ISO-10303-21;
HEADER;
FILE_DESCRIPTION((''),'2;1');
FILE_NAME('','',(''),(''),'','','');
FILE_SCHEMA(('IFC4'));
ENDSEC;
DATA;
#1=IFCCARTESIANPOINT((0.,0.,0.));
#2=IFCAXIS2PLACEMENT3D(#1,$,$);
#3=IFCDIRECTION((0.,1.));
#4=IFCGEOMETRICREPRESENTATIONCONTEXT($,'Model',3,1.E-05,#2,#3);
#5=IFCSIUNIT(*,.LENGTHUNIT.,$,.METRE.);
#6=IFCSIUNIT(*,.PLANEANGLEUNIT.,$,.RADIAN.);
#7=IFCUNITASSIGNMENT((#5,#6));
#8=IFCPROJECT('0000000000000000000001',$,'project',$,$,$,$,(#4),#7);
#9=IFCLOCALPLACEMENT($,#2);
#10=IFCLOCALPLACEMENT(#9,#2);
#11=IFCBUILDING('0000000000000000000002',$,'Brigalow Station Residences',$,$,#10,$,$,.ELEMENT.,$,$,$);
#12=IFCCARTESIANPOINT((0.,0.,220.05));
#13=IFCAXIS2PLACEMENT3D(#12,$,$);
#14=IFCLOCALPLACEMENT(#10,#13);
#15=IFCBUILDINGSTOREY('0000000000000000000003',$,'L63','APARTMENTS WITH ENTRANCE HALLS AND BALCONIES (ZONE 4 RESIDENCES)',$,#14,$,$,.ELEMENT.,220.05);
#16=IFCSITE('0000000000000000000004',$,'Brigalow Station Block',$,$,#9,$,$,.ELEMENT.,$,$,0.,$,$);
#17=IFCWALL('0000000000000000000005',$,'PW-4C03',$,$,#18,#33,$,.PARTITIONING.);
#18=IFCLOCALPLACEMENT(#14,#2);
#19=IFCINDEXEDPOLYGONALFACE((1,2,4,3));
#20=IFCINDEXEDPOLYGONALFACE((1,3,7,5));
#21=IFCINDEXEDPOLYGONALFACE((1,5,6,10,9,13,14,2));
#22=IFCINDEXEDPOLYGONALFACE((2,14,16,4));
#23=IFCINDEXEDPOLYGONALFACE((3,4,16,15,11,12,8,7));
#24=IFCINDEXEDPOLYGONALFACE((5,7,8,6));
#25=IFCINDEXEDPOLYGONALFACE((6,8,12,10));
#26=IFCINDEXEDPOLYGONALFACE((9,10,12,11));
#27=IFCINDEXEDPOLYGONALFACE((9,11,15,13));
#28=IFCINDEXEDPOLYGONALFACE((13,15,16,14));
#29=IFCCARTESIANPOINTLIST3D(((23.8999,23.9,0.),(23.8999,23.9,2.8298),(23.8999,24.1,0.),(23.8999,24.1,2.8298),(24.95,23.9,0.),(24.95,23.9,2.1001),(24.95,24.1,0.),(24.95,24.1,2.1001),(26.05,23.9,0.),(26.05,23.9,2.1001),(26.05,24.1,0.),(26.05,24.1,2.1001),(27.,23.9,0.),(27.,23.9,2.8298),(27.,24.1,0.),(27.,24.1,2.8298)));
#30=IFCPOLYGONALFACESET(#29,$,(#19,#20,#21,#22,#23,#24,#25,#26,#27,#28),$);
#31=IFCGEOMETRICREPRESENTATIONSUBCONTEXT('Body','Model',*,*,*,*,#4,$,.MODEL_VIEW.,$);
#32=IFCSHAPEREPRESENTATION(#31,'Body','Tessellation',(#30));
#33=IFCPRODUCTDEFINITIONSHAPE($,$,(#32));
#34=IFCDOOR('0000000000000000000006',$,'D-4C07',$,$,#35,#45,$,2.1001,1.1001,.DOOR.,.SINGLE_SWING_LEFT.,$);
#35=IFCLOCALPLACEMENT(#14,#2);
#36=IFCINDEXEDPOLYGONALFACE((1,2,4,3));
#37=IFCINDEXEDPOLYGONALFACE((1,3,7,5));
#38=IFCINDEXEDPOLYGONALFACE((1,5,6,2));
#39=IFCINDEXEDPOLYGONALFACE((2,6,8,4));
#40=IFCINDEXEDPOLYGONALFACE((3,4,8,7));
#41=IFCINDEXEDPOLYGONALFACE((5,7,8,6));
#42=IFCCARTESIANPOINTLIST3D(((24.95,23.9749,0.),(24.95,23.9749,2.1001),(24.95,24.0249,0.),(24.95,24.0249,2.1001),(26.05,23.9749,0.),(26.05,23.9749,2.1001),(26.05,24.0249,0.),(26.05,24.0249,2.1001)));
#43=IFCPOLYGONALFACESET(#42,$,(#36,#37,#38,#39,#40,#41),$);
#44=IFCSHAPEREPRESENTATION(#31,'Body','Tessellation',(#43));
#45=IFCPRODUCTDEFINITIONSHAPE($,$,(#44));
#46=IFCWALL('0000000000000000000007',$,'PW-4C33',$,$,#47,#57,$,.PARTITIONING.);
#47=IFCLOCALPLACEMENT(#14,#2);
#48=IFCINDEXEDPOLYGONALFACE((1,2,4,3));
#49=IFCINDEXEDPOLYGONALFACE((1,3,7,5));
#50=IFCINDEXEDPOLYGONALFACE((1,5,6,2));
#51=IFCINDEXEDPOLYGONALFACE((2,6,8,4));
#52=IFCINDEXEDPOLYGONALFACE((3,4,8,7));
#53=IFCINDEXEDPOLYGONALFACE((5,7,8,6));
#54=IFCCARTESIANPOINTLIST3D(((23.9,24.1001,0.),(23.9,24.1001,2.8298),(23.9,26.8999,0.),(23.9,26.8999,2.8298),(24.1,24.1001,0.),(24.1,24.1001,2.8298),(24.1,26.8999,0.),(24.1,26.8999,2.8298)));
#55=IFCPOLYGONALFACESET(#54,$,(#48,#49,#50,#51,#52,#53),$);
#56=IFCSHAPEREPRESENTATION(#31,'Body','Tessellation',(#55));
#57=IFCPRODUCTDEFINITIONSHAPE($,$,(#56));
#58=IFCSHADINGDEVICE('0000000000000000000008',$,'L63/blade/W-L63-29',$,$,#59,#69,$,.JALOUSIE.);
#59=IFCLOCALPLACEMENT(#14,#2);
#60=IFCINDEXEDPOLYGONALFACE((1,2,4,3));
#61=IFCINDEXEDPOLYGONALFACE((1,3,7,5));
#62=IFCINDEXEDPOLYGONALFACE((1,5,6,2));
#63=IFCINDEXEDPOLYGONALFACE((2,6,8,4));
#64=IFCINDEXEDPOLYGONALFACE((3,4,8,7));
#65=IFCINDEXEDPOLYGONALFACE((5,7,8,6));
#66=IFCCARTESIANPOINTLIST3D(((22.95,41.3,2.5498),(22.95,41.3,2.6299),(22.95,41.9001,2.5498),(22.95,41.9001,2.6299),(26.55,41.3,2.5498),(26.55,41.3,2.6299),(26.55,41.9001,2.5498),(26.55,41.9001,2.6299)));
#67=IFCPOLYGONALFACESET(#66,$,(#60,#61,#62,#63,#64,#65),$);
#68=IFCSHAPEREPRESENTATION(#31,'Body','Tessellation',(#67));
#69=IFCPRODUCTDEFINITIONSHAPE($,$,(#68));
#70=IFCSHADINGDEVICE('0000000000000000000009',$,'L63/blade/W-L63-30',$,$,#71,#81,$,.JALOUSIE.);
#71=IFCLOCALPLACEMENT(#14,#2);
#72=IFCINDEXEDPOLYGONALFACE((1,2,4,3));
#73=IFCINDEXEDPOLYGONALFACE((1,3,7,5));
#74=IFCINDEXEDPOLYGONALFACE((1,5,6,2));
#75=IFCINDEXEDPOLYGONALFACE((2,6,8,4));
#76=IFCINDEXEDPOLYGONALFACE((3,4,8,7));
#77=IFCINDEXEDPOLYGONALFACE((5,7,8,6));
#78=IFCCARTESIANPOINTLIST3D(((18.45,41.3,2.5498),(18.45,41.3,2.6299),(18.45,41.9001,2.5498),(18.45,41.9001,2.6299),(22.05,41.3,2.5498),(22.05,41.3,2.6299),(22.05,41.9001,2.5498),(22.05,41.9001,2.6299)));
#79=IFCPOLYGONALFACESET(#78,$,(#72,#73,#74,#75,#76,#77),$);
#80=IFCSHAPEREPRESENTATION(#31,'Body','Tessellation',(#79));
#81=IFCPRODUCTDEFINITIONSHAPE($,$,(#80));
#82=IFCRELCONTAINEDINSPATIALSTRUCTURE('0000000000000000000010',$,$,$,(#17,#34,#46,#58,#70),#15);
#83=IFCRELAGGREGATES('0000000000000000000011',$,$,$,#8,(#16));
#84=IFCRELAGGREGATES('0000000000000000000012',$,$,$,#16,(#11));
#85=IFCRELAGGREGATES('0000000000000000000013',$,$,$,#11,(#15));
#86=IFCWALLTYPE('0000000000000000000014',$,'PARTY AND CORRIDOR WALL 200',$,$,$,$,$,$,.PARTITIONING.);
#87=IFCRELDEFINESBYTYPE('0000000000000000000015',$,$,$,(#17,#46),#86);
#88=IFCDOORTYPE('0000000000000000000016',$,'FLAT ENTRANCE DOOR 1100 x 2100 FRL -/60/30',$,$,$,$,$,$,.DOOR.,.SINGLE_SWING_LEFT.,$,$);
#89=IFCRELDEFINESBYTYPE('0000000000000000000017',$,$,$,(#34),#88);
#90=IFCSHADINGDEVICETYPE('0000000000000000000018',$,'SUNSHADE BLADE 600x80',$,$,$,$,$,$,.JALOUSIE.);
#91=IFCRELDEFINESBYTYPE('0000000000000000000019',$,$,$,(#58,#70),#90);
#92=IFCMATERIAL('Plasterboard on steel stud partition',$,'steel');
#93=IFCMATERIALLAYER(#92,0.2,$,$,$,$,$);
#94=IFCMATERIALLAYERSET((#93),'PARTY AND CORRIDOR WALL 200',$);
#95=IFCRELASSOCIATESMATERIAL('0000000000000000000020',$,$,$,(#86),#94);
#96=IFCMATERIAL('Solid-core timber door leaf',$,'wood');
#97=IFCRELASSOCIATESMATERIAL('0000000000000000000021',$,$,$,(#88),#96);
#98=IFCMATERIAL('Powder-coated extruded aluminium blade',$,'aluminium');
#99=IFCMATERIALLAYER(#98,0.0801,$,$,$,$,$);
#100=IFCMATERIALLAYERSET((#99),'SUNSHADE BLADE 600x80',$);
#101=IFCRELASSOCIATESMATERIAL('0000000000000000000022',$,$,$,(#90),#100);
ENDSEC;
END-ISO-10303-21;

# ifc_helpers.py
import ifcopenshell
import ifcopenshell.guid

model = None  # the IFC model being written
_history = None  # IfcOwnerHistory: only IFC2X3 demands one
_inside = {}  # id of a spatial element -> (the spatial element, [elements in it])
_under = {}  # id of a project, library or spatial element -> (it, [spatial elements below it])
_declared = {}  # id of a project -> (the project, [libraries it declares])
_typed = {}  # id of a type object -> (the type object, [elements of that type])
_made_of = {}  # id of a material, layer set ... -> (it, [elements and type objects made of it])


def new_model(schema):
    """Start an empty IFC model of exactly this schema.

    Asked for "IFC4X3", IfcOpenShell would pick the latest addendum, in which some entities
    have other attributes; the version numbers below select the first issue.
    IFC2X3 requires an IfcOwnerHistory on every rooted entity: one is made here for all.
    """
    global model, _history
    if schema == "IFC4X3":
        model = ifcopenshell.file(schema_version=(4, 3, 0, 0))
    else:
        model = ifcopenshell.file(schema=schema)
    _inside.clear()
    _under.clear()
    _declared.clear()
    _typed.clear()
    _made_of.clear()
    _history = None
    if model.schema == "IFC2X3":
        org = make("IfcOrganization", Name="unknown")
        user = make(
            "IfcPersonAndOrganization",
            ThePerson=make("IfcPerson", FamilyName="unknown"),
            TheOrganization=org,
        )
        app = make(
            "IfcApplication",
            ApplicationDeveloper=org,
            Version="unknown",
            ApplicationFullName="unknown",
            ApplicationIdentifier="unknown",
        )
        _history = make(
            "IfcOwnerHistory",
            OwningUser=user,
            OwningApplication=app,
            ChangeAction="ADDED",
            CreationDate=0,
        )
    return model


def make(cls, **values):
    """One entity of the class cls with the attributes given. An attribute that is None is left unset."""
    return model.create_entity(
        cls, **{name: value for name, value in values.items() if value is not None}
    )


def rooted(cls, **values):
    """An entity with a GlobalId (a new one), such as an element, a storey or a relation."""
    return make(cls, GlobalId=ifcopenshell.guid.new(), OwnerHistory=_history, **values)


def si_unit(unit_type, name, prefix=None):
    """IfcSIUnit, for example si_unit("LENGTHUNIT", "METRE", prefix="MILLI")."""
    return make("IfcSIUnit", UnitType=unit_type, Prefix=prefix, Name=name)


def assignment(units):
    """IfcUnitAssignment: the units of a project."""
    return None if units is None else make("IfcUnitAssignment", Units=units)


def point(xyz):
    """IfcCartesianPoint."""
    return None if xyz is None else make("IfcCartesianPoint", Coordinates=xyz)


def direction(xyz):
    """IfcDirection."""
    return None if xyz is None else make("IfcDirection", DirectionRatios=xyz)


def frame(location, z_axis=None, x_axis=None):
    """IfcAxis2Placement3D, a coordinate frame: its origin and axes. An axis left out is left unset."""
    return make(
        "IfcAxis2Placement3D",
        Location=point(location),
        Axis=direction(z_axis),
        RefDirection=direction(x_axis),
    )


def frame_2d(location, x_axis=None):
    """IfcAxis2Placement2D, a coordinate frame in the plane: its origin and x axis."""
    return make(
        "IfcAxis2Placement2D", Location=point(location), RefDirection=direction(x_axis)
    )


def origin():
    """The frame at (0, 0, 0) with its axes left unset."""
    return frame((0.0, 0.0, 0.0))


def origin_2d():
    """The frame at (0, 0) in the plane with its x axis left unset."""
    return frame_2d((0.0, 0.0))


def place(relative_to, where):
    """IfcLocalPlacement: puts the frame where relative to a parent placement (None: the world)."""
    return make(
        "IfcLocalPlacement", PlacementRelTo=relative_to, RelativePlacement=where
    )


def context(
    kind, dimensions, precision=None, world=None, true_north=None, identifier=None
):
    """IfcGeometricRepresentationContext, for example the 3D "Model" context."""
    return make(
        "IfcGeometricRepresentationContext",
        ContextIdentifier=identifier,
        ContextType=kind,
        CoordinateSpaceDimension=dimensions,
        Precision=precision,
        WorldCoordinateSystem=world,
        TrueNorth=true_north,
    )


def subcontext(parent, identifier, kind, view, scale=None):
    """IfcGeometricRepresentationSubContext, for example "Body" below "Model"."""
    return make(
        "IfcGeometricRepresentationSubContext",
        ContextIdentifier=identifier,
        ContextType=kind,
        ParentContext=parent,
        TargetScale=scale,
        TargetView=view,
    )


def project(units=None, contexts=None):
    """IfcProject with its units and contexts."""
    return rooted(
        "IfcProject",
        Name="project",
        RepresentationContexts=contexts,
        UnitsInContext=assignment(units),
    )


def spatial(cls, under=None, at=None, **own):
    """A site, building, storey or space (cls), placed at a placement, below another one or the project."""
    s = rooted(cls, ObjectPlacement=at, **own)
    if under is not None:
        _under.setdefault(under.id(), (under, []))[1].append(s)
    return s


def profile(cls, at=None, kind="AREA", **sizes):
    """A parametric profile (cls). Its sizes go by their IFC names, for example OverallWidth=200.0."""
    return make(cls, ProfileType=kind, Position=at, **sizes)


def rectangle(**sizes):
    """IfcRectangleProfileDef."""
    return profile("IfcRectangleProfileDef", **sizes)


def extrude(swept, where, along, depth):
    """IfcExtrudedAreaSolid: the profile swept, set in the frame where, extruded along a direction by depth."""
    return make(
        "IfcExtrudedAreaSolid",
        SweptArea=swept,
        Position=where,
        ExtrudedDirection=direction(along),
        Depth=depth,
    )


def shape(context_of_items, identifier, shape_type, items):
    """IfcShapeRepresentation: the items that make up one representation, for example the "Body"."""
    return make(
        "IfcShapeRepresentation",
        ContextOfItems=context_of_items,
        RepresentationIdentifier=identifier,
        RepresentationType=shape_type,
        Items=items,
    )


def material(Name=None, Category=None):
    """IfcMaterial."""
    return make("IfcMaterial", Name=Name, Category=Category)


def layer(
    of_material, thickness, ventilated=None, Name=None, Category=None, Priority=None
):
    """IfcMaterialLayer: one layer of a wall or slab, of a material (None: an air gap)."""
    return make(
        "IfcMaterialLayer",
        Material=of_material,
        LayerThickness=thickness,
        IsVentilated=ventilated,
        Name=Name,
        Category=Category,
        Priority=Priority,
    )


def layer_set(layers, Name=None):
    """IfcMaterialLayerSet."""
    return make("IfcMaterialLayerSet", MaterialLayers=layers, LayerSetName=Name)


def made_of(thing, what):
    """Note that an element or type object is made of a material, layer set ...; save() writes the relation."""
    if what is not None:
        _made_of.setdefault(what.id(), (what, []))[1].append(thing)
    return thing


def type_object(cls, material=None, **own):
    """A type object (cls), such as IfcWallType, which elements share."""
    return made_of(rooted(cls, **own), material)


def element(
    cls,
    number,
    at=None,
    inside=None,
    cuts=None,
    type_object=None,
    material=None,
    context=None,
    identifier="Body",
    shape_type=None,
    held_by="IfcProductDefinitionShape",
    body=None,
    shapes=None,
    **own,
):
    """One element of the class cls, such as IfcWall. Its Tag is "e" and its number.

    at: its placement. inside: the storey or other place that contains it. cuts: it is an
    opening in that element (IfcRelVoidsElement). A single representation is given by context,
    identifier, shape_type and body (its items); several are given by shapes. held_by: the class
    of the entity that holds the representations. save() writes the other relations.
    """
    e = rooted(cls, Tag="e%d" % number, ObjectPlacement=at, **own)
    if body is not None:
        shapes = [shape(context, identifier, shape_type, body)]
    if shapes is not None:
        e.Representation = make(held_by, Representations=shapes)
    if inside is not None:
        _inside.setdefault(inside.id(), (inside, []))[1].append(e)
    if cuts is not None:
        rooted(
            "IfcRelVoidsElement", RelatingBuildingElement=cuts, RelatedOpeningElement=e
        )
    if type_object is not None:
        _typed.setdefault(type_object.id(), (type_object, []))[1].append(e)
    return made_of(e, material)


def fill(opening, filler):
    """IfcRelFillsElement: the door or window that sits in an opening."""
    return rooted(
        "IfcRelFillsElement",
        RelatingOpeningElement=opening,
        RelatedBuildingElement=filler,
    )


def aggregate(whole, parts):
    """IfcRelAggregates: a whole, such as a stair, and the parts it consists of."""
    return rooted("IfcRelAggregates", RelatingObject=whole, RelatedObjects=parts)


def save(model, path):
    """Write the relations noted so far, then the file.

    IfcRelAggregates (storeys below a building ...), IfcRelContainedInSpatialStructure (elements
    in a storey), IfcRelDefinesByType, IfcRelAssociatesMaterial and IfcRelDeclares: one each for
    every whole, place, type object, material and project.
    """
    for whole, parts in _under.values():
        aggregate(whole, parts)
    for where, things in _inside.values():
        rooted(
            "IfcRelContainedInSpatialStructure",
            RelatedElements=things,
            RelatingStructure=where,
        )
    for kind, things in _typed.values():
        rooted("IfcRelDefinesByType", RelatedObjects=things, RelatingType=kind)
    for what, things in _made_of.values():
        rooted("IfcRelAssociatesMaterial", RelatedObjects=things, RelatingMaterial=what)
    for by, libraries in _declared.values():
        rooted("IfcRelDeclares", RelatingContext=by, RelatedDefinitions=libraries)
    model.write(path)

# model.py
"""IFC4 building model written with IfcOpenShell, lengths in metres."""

from ifc_helpers import new_model, si_unit, direction, frame, frame_2d, origin, origin_2d, place, context, subcontext, project, spatial, rectangle, extrude, material, layer, layer_set, type_object, element, fill, save


model = new_model("IFC4")

# Units and contexts
model_context = context("Model", 3, precision=1e-05, world=origin(), true_north=direction((0.0, 1.0)))
body_context = subcontext(model_context, "Body", "Model", "MODEL_VIEW")
ifc_project = project(units=[si_unit("LENGTHUNIT", "METRE"), si_unit("PLANEANGLEUNIT", "RADIAN")], contexts=[model_context])

# Site, building, storey
site_placement = place(None, origin())
site = spatial("IfcSite", under=ifc_project, at=site_placement, Name="Brigalow Station Block", CompositionType="ELEMENT", RefElevation=0.0)
building_placement = place(site_placement, origin())
building = spatial("IfcBuilding", under=site, at=building_placement, Name="Brigalow Station Residences", CompositionType="ELEMENT")
storey_placement = place(building_placement, frame((0.0, 0.0, 220.05)))
storey = spatial("IfcBuildingStorey", under=building, at=storey_placement, Name="L63", Description="APARTMENTS WITH ENTRANCE HALLS AND BALCONIES (ZONE 4 RESIDENCES)", CompositionType="ELEMENT", Elevation=220.05)

# Wall, opening, door
ifc_material_1 = material(Name="Plasterboard on steel stud partition", Category="steel")
ifc_layer_1 = layer(ifc_material_1, 0.2)
ifc_layer_set_1 = layer_set([ifc_layer_1], Name="PARTY AND CORRIDOR WALL 200")
wall_type_1 = type_object("IfcWallType", Name="PARTY AND CORRIDOR WALL 200", PredefinedType="PARTITIONING", material=ifc_layer_set_1)
wall_1_placement = place(storey_placement, frame((23.8999, 24.0, 0.0), z_axis=(0.0, 0.0, 1.0), x_axis=(1.0, 0.0, 0.0)))
wall_1 = element("IfcWall", 1, at=wall_1_placement, inside=storey, type_object=wall_type_1, Name="PW-4C03", PredefinedType="PARTITIONING", context=body_context, shape_type="SweptSolid", body=[
    extrude(rectangle(XDim=3.1001, YDim=0.2, at=frame_2d((1.55, 0.0))), origin(), (0.0, 0.0, 1.0), 2.8298),
])
opening_1_placement = place(wall_1_placement, frame((1.05, 0.0, 0.0)))
opening_1 = element("IfcOpeningElement", 2, at=opening_1_placement, cuts=wall_1, PredefinedType="OPENING", context=body_context, shape_type="SweptSolid", body=[
    extrude(rectangle(XDim=1.1001, YDim=2.1001, at=frame_2d((0.55, 1.05))), frame((0.0, 0.1099, 0.0), z_axis=(0.0, -1.0, 0.0), x_axis=(1.0, 0.0, 0.0)), (0.0, 0.0, 1.0), 0.22),
])
ifc_material_2 = material(Name="Solid-core timber door leaf", Category="wood")
door_type_1 = type_object("IfcDoorType", Name="FLAT ENTRANCE DOOR 1100 x 2100 FRL -/60/30", OperationType="SINGLE_SWING_LEFT", PredefinedType="DOOR", material=ifc_material_2)
door_1_placement = place(opening_1_placement, origin())
door_1 = element("IfcDoor", 3, at=door_1_placement, inside=storey, type_object=door_type_1, Name="D-4C07", OperationType="SINGLE_SWING_LEFT", OverallHeight=2.1001, OverallWidth=1.1001, PredefinedType="DOOR", context=body_context, shape_type="SweptSolid", body=[
    extrude(rectangle(XDim=1.1001, YDim=2.1001, at=frame_2d((0.55, 1.05))), frame((0.0, 0.0249, 0.0), z_axis=(0.0, -1.0, 0.0), x_axis=(1.0, 0.0, 0.0)), (0.0, 0.0, 1.0), 0.05),
])
fill(opening_1, door_1)

# Wall
wall_2_placement = place(storey_placement, frame((24.0, 24.1001, 0.0), z_axis=(0.0, 0.0, 1.0), x_axis=(0.0, 1.0, 0.0)))
element("IfcWall", 4, at=wall_2_placement, inside=storey, type_object=wall_type_1, Name="PW-4C33", PredefinedType="PARTITIONING", context=body_context, shape_type="SweptSolid", body=[
    extrude(rectangle(XDim=2.7998, YDim=0.2, at=frame_2d((1.3999, 0.0))), origin(), (0.0, 0.0, 1.0), 2.8298),
])

# Shading devices
ifc_material_3 = material(Name="Powder-coated extruded aluminium blade", Category="aluminium")
ifc_layer_2 = layer(ifc_material_3, 0.0801)
ifc_layer_set_2 = layer_set([ifc_layer_2], Name="SUNSHADE BLADE 600x80")
shading_device_type = type_object("IfcShadingDeviceType", Name="SUNSHADE BLADE 600x80", PredefinedType="JALOUSIE", material=ifc_layer_set_2)
for number, where, z_axis, x_axis, name in (
    (5, (24.75, 41.6001, 2.5498), (0.0, 0.0, 1.0), (-1.0, 0.0, 0.0), "L63/blade/W-L63-29"),
    (6, (20.25, 41.6001, 2.5498), (0.0, 0.0, 1.0), (-1.0, 0.0, 0.0), "L63/blade/W-L63-30"),
):
    element("IfcShadingDevice", number, at=place(storey_placement, frame(where, z_axis=z_axis, x_axis=x_axis)), inside=storey, type_object=shading_device_type, Name=name, PredefinedType="JALOUSIE", context=body_context, shape_type="SweptSolid", body=[
        extrude(rectangle(XDim=3.6001, YDim=0.6001, at=origin_2d()), origin(), (0.0, 0.0, 1.0), 0.0801),
    ])

save(model, "model.ifc")
